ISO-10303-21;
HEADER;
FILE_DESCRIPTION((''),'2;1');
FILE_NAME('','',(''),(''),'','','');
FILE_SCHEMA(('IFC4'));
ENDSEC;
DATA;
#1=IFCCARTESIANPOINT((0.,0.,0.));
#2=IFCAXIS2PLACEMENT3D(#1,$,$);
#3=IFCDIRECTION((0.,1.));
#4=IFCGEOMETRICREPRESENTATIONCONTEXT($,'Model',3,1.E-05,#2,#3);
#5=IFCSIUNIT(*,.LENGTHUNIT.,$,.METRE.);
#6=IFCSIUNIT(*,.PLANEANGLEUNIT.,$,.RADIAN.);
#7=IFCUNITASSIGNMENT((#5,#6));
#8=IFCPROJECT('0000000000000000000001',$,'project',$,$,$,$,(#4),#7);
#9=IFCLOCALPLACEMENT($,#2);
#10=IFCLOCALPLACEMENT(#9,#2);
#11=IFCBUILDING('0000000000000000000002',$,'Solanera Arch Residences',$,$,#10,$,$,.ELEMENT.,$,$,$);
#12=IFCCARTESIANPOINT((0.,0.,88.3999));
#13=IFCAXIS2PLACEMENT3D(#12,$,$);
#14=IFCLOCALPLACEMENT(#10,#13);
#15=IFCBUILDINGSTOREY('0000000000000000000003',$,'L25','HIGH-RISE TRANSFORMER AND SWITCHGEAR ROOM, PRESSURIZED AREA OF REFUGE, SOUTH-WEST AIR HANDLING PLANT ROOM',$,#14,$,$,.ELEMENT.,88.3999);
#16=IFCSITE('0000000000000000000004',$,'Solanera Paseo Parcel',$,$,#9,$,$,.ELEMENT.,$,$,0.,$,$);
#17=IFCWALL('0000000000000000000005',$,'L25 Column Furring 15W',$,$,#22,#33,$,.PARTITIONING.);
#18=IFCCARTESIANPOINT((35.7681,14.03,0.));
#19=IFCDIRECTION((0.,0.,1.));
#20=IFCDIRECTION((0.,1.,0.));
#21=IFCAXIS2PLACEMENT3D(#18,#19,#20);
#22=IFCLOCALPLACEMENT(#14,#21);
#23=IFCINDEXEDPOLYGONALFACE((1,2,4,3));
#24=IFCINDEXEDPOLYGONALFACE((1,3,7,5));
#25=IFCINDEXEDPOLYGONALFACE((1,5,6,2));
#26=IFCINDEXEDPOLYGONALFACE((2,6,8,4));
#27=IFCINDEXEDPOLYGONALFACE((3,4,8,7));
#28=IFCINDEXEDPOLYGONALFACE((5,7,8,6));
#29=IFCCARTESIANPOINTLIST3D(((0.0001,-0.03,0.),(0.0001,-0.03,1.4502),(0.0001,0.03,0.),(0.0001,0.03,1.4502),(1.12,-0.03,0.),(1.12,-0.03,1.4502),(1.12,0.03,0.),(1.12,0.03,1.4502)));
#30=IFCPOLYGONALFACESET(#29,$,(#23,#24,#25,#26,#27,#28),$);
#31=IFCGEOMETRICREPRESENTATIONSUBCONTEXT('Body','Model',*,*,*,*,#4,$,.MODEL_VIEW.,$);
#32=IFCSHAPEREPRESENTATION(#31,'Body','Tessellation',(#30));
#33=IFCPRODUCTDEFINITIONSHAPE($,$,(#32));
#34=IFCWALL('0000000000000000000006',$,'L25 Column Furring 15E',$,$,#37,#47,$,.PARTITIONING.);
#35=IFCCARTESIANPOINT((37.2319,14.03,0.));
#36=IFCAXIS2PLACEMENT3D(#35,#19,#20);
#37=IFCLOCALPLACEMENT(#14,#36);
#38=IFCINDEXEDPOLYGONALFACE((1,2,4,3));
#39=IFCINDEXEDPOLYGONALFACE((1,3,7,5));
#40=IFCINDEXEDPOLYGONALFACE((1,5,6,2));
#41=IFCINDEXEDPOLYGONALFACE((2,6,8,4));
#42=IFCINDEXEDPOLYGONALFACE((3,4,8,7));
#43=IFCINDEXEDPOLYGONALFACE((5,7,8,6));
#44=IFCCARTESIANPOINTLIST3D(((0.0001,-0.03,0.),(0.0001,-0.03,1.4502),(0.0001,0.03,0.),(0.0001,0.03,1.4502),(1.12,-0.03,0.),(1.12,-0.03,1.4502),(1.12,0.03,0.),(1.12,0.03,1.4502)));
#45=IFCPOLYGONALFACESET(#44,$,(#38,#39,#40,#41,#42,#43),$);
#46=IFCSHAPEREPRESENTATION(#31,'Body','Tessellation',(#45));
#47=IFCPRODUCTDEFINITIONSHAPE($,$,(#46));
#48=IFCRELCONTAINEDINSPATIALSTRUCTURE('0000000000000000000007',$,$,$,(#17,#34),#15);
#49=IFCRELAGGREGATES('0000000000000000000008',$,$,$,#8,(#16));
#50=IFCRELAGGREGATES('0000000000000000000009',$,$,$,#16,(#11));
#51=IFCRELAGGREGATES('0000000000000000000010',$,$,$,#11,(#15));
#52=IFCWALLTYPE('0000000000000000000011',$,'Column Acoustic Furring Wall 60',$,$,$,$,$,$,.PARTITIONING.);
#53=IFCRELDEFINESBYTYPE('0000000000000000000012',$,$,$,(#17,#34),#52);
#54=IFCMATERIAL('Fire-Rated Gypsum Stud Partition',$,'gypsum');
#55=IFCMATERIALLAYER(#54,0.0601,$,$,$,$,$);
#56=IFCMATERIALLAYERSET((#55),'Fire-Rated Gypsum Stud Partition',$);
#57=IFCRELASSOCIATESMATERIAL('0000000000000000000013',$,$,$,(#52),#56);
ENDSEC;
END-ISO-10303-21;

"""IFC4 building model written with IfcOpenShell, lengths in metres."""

from ifc_helpers import new_model, si_unit, direction, frame, frame_2d, origin, place, context, subcontext, project, spatial, rectangle, extrude, material, layer, layer_set, type_object, element, save


model = new_model("IFC4")

# Units and contexts
model_context = context("Model", 3, precision=1e-05, world=origin(), true_north=direction((0.0, 1.0)))
body_context = subcontext(model_context, "Body", "Model", "MODEL_VIEW")
ifc_project = project(units=[si_unit("LENGTHUNIT", "METRE"), si_unit("PLANEANGLEUNIT", "RADIAN")], contexts=[model_context])

# Site, building, storey
site_placement = place(None, origin())
site = spatial("IfcSite", under=ifc_project, at=site_placement, Name="Solanera Paseo Parcel", CompositionType="ELEMENT", RefElevation=0.0)
building_placement = place(site_placement, origin())
building = spatial("IfcBuilding", under=site, at=building_placement, Name="Solanera Arch Residences", CompositionType="ELEMENT")
storey_placement = place(building_placement, frame((0.0, 0.0, 88.3999)))
storey = spatial("IfcBuildingStorey", under=building, at=storey_placement, Name="L25", Description="HIGH-RISE TRANSFORMER AND SWITCHGEAR ROOM, PRESSURIZED AREA OF REFUGE, SOUTH-WEST AIR HANDLING PLANT ROOM", CompositionType="ELEMENT", Elevation=88.3999)

# Walls
ifc_material_1 = material(Name="Fire-Rated Gypsum Stud Partition", Category="gypsum")
ifc_layer_1 = layer(ifc_material_1, 0.0601)
ifc_layer_set_1 = layer_set([ifc_layer_1], Name="Fire-Rated Gypsum Stud Partition")
wall_type_1 = type_object("IfcWallType", Name="Column Acoustic Furring Wall 60", PredefinedType="PARTITIONING", material=ifc_layer_set_1)
for number, where, z_axis, x_axis, name in (
    (1, (35.7681, 14.03, 0.0), (0.0, 0.0, 1.0), (0.0, 1.0, 0.0), "L25 Column Furring 15W"),
    (2, (37.2319, 14.03, 0.0), (0.0, 0.0, 1.0), (0.0, 1.0, 0.0), "L25 Column Furring 15E"),
):
    element("IfcWall", number, at=place(storey_placement, frame(where, z_axis=z_axis, x_axis=x_axis)), inside=storey, type_object=wall_type_1, Name=name, PredefinedType="PARTITIONING", context=body_context, shape_type="SweptSolid", body=[
        extrude(rectangle(XDim=1.1199, YDim=0.0601, at=frame_2d((0.5601, 0.0))), origin(), (0.0, 0.0, 1.0), 1.4502),
    ])

save(model, "model.ifc")
